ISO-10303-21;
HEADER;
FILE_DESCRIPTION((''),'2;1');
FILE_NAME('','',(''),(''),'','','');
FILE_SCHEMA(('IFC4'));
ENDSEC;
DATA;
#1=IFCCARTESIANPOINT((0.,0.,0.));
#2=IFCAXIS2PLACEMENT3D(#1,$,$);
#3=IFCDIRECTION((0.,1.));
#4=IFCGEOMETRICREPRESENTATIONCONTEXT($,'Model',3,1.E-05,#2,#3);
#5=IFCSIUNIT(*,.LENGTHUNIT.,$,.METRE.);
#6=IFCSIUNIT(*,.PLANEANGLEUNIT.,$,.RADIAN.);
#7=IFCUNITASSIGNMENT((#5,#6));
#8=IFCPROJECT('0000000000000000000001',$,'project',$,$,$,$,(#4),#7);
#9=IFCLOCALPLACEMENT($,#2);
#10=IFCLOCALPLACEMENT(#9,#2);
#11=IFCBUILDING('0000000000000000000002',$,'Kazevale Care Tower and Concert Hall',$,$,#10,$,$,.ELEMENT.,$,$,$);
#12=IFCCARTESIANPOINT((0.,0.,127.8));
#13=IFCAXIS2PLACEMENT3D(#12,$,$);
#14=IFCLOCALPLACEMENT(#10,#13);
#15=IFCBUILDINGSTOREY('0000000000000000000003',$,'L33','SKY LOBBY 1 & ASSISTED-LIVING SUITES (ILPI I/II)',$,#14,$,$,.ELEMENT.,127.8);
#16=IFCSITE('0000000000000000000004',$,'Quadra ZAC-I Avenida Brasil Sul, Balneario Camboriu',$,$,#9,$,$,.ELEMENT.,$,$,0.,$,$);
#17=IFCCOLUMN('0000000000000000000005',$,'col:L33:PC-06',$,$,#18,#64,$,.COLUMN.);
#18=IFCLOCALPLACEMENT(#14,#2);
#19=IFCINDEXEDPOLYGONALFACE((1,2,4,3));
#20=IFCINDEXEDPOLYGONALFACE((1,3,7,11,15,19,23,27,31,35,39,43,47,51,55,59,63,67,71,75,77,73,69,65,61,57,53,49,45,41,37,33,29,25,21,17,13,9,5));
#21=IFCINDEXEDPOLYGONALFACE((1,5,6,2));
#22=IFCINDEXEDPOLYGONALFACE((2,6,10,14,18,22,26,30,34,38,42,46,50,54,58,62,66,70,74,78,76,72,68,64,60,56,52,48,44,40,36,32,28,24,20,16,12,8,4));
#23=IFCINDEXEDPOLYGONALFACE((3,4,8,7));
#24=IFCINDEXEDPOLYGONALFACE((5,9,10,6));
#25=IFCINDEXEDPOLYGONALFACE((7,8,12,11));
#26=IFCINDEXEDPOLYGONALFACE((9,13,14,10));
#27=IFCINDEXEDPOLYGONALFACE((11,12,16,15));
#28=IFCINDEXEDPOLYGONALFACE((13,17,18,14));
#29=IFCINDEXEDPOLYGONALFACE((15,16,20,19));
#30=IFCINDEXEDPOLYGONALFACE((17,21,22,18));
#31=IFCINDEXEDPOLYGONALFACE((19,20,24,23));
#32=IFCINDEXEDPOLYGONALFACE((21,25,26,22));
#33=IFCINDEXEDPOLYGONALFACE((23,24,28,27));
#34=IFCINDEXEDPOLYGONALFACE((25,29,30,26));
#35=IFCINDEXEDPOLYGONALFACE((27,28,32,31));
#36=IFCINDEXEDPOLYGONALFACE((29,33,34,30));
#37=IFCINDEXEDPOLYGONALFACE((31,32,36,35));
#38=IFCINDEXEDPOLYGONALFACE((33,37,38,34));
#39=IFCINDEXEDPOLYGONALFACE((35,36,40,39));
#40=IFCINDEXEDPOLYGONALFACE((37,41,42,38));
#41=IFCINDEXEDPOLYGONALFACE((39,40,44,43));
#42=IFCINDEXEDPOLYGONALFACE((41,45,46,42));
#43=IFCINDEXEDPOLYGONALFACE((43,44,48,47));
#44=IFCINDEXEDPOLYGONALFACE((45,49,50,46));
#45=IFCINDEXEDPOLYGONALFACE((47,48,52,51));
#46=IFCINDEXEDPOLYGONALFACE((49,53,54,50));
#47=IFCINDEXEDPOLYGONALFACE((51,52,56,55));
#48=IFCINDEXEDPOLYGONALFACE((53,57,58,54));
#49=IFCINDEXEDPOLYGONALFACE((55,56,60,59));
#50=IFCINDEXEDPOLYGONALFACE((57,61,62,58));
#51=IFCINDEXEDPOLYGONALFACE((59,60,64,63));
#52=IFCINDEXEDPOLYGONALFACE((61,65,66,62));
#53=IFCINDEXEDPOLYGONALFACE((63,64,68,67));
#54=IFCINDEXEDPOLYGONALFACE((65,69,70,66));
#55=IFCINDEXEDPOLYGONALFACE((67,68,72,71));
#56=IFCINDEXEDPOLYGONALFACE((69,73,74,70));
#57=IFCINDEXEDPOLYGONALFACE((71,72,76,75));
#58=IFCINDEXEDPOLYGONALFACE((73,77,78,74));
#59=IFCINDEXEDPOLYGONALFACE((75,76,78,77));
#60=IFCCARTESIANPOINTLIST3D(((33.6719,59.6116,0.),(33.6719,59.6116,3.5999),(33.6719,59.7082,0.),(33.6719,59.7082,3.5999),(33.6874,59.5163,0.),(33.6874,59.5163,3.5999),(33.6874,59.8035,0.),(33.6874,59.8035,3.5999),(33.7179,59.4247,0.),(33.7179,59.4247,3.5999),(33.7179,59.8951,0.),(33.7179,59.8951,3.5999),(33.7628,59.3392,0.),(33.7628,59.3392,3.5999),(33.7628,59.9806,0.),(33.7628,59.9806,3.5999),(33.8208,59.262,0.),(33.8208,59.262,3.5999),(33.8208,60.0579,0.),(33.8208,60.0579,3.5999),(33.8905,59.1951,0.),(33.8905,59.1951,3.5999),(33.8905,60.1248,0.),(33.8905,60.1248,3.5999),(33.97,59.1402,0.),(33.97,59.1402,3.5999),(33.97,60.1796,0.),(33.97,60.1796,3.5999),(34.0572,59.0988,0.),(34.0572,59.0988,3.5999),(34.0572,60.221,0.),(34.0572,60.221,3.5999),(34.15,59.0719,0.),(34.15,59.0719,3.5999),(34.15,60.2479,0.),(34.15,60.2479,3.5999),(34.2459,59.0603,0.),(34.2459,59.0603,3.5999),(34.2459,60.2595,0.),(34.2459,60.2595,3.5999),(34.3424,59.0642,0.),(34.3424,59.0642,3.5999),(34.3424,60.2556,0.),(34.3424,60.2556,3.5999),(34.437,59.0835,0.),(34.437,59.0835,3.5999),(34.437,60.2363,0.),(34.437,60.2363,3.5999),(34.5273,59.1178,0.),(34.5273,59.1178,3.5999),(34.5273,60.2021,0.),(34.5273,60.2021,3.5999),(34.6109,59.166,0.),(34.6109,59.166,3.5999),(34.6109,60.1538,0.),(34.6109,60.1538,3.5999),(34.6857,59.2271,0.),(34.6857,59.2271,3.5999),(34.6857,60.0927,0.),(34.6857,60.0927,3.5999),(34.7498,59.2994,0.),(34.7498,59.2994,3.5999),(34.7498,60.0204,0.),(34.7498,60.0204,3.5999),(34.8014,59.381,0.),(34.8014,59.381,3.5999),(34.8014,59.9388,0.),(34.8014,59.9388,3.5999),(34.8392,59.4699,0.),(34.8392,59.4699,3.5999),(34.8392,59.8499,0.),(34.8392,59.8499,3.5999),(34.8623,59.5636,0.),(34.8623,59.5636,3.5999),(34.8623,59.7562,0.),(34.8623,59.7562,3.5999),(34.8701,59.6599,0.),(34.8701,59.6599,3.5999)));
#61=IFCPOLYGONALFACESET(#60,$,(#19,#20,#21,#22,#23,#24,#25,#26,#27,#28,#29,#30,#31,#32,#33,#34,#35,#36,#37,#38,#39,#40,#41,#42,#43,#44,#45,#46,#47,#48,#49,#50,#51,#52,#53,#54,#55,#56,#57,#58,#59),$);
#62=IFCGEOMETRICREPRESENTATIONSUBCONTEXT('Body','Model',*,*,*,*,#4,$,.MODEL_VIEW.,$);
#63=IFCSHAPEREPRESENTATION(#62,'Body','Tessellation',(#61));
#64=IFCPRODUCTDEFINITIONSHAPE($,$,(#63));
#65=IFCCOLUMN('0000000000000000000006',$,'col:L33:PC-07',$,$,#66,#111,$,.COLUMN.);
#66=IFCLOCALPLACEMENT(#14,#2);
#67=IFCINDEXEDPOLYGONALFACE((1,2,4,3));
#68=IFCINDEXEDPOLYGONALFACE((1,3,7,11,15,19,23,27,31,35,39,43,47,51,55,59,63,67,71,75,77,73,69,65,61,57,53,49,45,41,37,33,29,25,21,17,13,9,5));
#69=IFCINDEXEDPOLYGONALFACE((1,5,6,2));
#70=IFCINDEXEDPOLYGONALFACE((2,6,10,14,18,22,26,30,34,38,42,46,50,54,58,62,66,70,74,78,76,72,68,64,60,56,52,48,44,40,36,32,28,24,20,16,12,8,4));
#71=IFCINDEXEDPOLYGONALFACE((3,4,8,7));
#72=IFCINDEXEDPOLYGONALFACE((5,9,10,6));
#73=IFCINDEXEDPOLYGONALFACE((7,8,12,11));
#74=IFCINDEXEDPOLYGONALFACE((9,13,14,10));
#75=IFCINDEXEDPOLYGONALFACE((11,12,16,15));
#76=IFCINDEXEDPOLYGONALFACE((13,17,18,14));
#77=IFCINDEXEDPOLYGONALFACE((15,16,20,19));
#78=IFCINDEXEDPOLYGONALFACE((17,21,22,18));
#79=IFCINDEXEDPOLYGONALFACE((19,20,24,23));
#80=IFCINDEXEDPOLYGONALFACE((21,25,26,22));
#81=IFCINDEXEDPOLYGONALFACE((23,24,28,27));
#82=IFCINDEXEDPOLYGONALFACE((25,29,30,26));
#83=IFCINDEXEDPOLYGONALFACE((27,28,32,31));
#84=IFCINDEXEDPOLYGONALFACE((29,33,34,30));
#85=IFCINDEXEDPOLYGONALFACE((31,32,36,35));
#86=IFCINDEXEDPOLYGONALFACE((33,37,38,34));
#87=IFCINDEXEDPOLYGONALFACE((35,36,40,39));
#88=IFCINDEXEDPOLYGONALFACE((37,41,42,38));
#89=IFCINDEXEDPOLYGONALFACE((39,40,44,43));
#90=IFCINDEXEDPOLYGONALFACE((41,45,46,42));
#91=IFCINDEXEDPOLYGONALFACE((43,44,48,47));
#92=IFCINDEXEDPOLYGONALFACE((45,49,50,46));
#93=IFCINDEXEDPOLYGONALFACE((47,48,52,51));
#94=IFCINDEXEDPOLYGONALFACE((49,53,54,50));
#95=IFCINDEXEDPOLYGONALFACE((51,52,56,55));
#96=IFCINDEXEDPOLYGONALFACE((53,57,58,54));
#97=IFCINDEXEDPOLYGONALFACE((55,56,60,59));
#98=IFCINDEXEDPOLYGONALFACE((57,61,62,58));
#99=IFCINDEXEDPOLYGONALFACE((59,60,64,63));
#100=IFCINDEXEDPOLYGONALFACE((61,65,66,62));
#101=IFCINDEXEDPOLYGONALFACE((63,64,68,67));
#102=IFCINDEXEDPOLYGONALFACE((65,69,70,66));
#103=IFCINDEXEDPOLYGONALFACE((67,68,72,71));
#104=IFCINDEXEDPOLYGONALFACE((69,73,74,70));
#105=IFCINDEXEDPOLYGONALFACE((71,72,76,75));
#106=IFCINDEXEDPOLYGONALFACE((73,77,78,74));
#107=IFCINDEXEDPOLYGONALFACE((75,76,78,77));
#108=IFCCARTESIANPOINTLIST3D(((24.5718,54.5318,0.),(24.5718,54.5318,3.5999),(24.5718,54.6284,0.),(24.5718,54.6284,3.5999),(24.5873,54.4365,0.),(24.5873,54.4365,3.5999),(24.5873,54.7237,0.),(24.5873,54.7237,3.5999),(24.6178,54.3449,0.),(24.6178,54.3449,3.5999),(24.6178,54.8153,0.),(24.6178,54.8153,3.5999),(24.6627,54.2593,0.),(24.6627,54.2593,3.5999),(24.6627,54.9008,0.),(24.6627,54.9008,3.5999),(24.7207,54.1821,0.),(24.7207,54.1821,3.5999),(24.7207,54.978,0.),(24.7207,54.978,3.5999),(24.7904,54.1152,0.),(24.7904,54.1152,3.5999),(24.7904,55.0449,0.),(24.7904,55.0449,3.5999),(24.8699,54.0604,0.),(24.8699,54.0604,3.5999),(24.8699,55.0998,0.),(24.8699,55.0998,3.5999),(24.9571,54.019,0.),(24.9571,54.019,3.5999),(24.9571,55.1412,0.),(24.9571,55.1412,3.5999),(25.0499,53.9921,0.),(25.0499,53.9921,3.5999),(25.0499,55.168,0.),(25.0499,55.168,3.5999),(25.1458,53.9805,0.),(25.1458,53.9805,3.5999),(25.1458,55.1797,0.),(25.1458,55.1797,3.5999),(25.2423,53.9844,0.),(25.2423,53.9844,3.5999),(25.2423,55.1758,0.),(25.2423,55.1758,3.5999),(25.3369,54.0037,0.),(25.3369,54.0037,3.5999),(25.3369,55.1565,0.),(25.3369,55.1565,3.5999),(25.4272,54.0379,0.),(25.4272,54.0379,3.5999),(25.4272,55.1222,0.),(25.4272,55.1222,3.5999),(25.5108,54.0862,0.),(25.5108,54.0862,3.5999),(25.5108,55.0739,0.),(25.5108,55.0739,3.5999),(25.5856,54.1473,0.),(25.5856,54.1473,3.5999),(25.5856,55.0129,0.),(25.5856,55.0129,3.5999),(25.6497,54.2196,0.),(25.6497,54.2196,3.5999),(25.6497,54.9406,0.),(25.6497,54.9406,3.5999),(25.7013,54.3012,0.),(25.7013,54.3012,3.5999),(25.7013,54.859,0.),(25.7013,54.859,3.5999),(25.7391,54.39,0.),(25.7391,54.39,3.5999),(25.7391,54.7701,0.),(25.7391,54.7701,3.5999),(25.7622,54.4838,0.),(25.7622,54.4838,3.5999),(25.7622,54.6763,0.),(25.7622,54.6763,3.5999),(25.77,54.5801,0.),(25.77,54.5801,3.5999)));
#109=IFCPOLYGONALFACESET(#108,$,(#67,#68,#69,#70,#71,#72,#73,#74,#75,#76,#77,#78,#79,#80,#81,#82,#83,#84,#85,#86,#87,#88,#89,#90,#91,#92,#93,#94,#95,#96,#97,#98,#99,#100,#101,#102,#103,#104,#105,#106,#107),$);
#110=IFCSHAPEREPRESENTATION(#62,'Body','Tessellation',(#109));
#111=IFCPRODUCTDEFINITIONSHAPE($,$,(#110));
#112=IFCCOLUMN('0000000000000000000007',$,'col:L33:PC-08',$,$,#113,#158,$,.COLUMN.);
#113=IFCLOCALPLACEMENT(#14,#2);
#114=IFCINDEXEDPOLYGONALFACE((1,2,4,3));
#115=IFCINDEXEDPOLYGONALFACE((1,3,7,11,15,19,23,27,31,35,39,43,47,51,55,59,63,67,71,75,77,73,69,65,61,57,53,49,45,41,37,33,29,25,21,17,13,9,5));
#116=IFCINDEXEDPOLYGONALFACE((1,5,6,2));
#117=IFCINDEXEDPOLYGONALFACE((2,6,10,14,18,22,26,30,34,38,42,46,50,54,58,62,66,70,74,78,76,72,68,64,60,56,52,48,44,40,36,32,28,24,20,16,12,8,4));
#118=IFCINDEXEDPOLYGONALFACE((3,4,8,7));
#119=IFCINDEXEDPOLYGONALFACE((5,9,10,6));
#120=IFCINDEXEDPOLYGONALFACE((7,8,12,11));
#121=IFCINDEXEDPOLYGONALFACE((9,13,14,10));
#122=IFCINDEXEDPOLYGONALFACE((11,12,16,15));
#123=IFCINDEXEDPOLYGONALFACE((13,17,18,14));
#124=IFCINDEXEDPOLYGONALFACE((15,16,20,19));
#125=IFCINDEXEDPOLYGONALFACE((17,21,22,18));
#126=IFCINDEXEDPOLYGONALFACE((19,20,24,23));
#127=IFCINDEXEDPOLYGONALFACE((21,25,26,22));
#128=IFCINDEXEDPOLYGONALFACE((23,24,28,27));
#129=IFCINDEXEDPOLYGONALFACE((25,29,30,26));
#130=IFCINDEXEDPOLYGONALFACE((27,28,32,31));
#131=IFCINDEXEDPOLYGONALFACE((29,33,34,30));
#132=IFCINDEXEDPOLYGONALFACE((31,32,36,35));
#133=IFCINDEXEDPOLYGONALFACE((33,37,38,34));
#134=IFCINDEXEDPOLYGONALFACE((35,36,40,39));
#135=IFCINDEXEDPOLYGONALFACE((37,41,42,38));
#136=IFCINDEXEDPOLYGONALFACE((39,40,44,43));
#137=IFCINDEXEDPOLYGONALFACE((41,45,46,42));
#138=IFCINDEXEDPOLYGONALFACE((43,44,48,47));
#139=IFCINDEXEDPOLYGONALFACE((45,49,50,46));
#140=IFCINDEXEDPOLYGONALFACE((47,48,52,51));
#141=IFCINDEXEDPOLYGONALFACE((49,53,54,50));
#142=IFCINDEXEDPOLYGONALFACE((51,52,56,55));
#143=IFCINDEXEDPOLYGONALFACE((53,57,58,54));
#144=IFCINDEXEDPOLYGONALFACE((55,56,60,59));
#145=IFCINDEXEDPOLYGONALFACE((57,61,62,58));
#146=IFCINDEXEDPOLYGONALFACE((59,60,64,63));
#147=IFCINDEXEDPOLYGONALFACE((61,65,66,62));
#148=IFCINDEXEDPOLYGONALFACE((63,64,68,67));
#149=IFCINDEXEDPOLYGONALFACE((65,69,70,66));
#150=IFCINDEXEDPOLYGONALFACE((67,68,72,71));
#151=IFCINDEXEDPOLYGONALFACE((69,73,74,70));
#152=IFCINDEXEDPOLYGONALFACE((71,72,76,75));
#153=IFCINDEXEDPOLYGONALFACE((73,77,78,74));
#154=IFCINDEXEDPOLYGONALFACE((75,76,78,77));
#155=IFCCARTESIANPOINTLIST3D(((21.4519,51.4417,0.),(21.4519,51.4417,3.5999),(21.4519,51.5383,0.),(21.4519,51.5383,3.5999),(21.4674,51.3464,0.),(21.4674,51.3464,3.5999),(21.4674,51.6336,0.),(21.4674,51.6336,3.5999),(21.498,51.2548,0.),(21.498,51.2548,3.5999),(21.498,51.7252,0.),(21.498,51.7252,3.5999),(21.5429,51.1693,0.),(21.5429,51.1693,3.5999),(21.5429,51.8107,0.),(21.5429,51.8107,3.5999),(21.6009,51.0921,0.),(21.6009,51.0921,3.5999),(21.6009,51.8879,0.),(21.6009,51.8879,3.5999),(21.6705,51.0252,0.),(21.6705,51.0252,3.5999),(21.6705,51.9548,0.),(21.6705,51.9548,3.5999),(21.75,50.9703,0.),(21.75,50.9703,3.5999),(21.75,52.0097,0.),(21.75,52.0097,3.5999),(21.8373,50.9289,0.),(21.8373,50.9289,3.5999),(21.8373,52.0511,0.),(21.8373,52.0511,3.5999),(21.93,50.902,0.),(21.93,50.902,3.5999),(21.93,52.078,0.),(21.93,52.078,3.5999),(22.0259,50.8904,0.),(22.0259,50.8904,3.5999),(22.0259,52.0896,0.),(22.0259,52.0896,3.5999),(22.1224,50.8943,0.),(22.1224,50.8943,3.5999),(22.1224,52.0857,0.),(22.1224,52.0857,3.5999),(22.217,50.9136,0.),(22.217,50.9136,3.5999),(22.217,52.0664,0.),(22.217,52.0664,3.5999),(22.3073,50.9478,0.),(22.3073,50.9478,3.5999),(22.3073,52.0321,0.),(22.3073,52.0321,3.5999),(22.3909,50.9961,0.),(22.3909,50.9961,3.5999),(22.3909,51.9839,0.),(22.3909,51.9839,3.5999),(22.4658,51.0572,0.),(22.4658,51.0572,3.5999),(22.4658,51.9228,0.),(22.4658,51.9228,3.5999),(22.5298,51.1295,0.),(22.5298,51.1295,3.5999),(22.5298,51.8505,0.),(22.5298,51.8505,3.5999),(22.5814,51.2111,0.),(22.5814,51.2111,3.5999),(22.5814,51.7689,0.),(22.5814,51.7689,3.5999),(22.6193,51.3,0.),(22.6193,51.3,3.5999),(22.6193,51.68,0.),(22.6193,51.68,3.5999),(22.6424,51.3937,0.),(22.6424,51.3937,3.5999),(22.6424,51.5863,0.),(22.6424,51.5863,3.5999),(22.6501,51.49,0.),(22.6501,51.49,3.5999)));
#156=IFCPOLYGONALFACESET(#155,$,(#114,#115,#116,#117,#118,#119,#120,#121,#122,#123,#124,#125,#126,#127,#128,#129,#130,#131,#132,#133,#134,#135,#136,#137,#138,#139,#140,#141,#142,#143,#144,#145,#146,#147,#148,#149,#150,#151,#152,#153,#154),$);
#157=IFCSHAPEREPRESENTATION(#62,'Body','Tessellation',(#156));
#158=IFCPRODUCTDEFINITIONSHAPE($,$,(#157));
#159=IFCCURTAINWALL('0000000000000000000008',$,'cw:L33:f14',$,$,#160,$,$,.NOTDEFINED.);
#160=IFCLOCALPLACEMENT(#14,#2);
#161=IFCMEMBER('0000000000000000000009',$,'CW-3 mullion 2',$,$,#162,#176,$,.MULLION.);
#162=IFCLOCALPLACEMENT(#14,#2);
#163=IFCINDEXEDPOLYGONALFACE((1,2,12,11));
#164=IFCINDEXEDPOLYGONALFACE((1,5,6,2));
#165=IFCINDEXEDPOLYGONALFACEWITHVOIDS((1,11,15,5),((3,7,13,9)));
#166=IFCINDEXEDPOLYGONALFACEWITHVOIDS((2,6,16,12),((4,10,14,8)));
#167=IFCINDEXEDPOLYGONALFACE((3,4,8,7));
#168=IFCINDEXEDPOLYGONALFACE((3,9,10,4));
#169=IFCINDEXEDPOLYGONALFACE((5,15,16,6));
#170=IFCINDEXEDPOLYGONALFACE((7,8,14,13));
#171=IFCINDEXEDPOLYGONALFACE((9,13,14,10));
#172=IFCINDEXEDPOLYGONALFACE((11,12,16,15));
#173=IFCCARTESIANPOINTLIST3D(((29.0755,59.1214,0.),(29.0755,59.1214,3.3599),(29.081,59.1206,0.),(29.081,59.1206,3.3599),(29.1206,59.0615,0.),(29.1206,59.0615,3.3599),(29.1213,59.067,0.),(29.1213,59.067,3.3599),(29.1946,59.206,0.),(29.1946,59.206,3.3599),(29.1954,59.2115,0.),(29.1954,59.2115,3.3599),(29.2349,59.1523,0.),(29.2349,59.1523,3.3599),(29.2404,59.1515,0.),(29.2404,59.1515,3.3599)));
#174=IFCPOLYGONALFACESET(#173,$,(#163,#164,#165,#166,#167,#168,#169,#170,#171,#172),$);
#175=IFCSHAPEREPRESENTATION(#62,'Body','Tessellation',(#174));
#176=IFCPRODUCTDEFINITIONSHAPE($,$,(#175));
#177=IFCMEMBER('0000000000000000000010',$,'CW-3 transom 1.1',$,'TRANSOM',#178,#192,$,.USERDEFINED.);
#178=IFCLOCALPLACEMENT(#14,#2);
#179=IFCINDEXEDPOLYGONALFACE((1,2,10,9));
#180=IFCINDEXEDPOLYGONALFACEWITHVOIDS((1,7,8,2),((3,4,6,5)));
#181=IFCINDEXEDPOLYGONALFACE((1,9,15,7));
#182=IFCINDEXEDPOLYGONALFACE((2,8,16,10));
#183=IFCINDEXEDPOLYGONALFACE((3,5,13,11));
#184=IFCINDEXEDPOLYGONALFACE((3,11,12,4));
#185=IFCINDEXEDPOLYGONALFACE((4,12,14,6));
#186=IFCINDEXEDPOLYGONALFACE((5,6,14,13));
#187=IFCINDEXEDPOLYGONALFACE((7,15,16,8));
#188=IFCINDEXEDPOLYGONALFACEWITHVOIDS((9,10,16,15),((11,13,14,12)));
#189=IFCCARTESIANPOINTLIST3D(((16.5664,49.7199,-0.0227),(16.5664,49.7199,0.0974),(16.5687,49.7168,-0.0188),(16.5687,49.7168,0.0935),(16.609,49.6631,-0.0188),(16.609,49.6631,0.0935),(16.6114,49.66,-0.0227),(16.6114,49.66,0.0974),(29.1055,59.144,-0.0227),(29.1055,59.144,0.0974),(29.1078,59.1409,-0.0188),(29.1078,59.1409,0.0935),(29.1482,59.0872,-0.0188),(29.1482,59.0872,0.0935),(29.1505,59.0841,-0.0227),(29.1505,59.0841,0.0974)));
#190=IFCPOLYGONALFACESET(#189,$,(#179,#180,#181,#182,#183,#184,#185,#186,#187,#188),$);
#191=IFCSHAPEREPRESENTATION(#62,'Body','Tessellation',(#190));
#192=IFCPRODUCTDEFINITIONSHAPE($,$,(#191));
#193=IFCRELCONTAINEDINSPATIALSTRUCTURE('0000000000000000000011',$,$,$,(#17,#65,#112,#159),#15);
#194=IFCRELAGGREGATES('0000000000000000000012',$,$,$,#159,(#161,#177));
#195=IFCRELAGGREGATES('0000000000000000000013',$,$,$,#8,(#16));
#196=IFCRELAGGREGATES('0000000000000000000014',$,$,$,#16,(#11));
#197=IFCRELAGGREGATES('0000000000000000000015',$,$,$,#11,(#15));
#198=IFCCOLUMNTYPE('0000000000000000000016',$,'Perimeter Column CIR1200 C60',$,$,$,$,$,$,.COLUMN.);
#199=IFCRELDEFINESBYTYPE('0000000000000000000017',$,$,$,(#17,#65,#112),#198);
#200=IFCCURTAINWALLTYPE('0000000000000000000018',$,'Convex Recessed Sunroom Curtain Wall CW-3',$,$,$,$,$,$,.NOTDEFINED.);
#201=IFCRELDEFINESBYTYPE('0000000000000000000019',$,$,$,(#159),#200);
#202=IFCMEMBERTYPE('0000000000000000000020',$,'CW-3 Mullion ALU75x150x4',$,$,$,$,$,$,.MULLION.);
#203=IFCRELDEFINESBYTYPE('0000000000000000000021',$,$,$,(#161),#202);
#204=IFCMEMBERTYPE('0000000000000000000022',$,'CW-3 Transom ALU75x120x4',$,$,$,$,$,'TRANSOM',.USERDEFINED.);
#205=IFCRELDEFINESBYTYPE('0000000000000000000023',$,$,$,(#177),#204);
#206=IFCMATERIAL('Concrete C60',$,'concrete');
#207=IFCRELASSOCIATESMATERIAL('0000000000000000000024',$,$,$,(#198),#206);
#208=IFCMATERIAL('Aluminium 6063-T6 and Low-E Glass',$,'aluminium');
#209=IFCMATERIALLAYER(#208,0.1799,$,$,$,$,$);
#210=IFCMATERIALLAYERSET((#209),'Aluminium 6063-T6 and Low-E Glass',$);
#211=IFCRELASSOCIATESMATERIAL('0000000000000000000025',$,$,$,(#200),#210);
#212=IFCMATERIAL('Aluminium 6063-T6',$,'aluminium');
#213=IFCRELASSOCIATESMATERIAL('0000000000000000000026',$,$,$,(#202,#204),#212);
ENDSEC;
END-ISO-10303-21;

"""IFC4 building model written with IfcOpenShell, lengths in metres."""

from ifc_helpers import new_model, si_unit, direction, frame, origin, origin_2d, place, context, subcontext, project, spatial, hollow_rectangle, circle, extrude, material, layer, layer_set, material_profile, profile_set, type_object, element, aggregate, save


model = new_model("IFC4")

# Units and contexts
model_context = context("Model", 3, precision=1e-05, world=origin(), true_north=direction((0.0, 1.0)))
body_context = subcontext(model_context, "Body", "Model", "MODEL_VIEW")
ifc_project = project(units=[si_unit("LENGTHUNIT", "METRE"), si_unit("PLANEANGLEUNIT", "RADIAN")], contexts=[model_context])

# Site, building, storey
site_placement = place(None, origin())
site = spatial("IfcSite", under=ifc_project, at=site_placement, Name="Quadra ZAC-I Avenida Brasil Sul, Balneario Camboriu", CompositionType="ELEMENT", RefElevation=0.0)
building_placement = place(site_placement, origin())
building = spatial("IfcBuilding", under=site, at=building_placement, Name="Kazevale Care Tower and Concert Hall", CompositionType="ELEMENT")
storey_placement = place(building_placement, frame((0.0, 0.0, 127.8)))
storey = spatial("IfcBuildingStorey", under=building, at=storey_placement, Name="L33", Description="SKY LOBBY 1 & ASSISTED-LIVING SUITES (ILPI I/II)", CompositionType="ELEMENT", Elevation=127.8)

# Columns
ifc_material_1 = material(Name="Concrete C60", Category="concrete")
ifc_material_profile_1 = material_profile(ifc_material_1, circle(Radius=0.6001, at=origin_2d()), Name="RC-CIR1200")
ifc_profile_set_1 = profile_set([ifc_material_profile_1], Name="Concrete C60")
column_type = type_object("IfcColumnType", Name="Perimeter Column CIR1200 C60", PredefinedType="COLUMN", material=ifc_profile_set_1)
for number, where, z_axis, x_axis, name in (
    (1, (34.27, 59.6599, 0.0), (0.0, 0.0, 1.0), (1.0, 0.0, 0.0), "col:L33:PC-06"),
    (2, (25.1699, 54.5801, 0.0), (0.0, 0.0, 1.0), (1.0, 0.0, 0.0), "col:L33:PC-07"),
    (3, (22.05, 51.49, 0.0), (0.0, 0.0, 1.0), (1.0, 0.0, 0.0), "col:L33:PC-08"),
):
    element("IfcColumn", number, at=place(storey_placement, frame(where, z_axis=z_axis, x_axis=x_axis)), inside=storey, type_object=column_type, Name=name, PredefinedType="COLUMN", context=body_context, shape_type="SweptSolid", body=[
        extrude(circle(Radius=0.6001, at=origin_2d()), origin(), (0.0, 0.0, 1.0), 3.5999),
    ])

# Curtain wall, members
ifc_material_2 = material(Name="Aluminium 6063-T6 and Low-E Glass", Category="aluminium")
ifc_layer_1 = layer(ifc_material_2, 0.1799)
ifc_layer_set_1 = layer_set([ifc_layer_1], Name="Aluminium 6063-T6 and Low-E Glass")
curtain_wall_type = type_object("IfcCurtainWallType", Name="Convex Recessed Sunroom Curtain Wall CW-3", PredefinedType="NOTDEFINED", material=ifc_layer_set_1)
curtain_wall_placement = place(storey_placement, origin())
curtain_wall = element("IfcCurtainWall", 4, at=curtain_wall_placement, inside=storey, type_object=curtain_wall_type, Name="cw:L33:f14", PredefinedType="NOTDEFINED")
ifc_material_3 = material(Name="Aluminium 6063-T6", Category="aluminium")
ifc_material_profile_2 = material_profile(ifc_material_3, hollow_rectangle(XDim=0.075, YDim=0.1499, WallThickness=0.0039, at=origin_2d()), Name="ALU75x150x4")
ifc_profile_set_2 = profile_set([ifc_material_profile_2], Name="Aluminium 6063-T6")
member_type_1 = type_object("IfcMemberType", Name="CW-3 Mullion ALU75x150x4", PredefinedType="MULLION", material=ifc_profile_set_2)
member_1_placement = place(storey_placement, frame((29.158, 59.1365, 0.0), z_axis=(0.0, 0.0, 1.0), x_axis=(-0.600798, 0.799401, 0.0)))
member_1 = element("IfcMember", 5, at=member_1_placement, type_object=member_type_1, Name="CW-3 mullion 2", PredefinedType="MULLION", context=body_context, shape_type="SweptSolid", body=[
    extrude(hollow_rectangle(XDim=0.075, YDim=0.1499, WallThickness=0.0039, at=origin_2d()), origin(), (0.0, 0.0, 1.0), 3.3599),
])
ifc_material_profile_3 = material_profile(ifc_material_3, hollow_rectangle(XDim=0.075, YDim=0.1201, WallThickness=0.0039, at=origin_2d()), Name="ALU75x120x4")
ifc_profile_set_3 = profile_set([ifc_material_profile_3], Name="Aluminium 6063-T6")
member_type_2 = type_object("IfcMemberType", Name="CW-3 Transom ALU75x120x4", ElementType="TRANSOM", PredefinedType="USERDEFINED", material=ifc_profile_set_3)
member_2_placement = place(storey_placement, frame((16.5889, 49.6899, 0.0374), z_axis=(0.799394, 0.600807, 0.0), x_axis=(-0.600807, 0.799394, 0.0)))
member_2 = element("IfcMember", 6, at=member_2_placement, type_object=member_type_2, Name="CW-3 transom 1.1", ObjectType="TRANSOM", PredefinedType="USERDEFINED", context=body_context, shape_type="SweptSolid", body=[
    extrude(hollow_rectangle(XDim=0.075, YDim=0.1201, WallThickness=0.0039, at=origin_2d()), origin(), (0.0, 0.0, 1.0), 15.6858),
])

aggregate(curtain_wall, [member_1, member_2])

save(model, "model.ifc")
